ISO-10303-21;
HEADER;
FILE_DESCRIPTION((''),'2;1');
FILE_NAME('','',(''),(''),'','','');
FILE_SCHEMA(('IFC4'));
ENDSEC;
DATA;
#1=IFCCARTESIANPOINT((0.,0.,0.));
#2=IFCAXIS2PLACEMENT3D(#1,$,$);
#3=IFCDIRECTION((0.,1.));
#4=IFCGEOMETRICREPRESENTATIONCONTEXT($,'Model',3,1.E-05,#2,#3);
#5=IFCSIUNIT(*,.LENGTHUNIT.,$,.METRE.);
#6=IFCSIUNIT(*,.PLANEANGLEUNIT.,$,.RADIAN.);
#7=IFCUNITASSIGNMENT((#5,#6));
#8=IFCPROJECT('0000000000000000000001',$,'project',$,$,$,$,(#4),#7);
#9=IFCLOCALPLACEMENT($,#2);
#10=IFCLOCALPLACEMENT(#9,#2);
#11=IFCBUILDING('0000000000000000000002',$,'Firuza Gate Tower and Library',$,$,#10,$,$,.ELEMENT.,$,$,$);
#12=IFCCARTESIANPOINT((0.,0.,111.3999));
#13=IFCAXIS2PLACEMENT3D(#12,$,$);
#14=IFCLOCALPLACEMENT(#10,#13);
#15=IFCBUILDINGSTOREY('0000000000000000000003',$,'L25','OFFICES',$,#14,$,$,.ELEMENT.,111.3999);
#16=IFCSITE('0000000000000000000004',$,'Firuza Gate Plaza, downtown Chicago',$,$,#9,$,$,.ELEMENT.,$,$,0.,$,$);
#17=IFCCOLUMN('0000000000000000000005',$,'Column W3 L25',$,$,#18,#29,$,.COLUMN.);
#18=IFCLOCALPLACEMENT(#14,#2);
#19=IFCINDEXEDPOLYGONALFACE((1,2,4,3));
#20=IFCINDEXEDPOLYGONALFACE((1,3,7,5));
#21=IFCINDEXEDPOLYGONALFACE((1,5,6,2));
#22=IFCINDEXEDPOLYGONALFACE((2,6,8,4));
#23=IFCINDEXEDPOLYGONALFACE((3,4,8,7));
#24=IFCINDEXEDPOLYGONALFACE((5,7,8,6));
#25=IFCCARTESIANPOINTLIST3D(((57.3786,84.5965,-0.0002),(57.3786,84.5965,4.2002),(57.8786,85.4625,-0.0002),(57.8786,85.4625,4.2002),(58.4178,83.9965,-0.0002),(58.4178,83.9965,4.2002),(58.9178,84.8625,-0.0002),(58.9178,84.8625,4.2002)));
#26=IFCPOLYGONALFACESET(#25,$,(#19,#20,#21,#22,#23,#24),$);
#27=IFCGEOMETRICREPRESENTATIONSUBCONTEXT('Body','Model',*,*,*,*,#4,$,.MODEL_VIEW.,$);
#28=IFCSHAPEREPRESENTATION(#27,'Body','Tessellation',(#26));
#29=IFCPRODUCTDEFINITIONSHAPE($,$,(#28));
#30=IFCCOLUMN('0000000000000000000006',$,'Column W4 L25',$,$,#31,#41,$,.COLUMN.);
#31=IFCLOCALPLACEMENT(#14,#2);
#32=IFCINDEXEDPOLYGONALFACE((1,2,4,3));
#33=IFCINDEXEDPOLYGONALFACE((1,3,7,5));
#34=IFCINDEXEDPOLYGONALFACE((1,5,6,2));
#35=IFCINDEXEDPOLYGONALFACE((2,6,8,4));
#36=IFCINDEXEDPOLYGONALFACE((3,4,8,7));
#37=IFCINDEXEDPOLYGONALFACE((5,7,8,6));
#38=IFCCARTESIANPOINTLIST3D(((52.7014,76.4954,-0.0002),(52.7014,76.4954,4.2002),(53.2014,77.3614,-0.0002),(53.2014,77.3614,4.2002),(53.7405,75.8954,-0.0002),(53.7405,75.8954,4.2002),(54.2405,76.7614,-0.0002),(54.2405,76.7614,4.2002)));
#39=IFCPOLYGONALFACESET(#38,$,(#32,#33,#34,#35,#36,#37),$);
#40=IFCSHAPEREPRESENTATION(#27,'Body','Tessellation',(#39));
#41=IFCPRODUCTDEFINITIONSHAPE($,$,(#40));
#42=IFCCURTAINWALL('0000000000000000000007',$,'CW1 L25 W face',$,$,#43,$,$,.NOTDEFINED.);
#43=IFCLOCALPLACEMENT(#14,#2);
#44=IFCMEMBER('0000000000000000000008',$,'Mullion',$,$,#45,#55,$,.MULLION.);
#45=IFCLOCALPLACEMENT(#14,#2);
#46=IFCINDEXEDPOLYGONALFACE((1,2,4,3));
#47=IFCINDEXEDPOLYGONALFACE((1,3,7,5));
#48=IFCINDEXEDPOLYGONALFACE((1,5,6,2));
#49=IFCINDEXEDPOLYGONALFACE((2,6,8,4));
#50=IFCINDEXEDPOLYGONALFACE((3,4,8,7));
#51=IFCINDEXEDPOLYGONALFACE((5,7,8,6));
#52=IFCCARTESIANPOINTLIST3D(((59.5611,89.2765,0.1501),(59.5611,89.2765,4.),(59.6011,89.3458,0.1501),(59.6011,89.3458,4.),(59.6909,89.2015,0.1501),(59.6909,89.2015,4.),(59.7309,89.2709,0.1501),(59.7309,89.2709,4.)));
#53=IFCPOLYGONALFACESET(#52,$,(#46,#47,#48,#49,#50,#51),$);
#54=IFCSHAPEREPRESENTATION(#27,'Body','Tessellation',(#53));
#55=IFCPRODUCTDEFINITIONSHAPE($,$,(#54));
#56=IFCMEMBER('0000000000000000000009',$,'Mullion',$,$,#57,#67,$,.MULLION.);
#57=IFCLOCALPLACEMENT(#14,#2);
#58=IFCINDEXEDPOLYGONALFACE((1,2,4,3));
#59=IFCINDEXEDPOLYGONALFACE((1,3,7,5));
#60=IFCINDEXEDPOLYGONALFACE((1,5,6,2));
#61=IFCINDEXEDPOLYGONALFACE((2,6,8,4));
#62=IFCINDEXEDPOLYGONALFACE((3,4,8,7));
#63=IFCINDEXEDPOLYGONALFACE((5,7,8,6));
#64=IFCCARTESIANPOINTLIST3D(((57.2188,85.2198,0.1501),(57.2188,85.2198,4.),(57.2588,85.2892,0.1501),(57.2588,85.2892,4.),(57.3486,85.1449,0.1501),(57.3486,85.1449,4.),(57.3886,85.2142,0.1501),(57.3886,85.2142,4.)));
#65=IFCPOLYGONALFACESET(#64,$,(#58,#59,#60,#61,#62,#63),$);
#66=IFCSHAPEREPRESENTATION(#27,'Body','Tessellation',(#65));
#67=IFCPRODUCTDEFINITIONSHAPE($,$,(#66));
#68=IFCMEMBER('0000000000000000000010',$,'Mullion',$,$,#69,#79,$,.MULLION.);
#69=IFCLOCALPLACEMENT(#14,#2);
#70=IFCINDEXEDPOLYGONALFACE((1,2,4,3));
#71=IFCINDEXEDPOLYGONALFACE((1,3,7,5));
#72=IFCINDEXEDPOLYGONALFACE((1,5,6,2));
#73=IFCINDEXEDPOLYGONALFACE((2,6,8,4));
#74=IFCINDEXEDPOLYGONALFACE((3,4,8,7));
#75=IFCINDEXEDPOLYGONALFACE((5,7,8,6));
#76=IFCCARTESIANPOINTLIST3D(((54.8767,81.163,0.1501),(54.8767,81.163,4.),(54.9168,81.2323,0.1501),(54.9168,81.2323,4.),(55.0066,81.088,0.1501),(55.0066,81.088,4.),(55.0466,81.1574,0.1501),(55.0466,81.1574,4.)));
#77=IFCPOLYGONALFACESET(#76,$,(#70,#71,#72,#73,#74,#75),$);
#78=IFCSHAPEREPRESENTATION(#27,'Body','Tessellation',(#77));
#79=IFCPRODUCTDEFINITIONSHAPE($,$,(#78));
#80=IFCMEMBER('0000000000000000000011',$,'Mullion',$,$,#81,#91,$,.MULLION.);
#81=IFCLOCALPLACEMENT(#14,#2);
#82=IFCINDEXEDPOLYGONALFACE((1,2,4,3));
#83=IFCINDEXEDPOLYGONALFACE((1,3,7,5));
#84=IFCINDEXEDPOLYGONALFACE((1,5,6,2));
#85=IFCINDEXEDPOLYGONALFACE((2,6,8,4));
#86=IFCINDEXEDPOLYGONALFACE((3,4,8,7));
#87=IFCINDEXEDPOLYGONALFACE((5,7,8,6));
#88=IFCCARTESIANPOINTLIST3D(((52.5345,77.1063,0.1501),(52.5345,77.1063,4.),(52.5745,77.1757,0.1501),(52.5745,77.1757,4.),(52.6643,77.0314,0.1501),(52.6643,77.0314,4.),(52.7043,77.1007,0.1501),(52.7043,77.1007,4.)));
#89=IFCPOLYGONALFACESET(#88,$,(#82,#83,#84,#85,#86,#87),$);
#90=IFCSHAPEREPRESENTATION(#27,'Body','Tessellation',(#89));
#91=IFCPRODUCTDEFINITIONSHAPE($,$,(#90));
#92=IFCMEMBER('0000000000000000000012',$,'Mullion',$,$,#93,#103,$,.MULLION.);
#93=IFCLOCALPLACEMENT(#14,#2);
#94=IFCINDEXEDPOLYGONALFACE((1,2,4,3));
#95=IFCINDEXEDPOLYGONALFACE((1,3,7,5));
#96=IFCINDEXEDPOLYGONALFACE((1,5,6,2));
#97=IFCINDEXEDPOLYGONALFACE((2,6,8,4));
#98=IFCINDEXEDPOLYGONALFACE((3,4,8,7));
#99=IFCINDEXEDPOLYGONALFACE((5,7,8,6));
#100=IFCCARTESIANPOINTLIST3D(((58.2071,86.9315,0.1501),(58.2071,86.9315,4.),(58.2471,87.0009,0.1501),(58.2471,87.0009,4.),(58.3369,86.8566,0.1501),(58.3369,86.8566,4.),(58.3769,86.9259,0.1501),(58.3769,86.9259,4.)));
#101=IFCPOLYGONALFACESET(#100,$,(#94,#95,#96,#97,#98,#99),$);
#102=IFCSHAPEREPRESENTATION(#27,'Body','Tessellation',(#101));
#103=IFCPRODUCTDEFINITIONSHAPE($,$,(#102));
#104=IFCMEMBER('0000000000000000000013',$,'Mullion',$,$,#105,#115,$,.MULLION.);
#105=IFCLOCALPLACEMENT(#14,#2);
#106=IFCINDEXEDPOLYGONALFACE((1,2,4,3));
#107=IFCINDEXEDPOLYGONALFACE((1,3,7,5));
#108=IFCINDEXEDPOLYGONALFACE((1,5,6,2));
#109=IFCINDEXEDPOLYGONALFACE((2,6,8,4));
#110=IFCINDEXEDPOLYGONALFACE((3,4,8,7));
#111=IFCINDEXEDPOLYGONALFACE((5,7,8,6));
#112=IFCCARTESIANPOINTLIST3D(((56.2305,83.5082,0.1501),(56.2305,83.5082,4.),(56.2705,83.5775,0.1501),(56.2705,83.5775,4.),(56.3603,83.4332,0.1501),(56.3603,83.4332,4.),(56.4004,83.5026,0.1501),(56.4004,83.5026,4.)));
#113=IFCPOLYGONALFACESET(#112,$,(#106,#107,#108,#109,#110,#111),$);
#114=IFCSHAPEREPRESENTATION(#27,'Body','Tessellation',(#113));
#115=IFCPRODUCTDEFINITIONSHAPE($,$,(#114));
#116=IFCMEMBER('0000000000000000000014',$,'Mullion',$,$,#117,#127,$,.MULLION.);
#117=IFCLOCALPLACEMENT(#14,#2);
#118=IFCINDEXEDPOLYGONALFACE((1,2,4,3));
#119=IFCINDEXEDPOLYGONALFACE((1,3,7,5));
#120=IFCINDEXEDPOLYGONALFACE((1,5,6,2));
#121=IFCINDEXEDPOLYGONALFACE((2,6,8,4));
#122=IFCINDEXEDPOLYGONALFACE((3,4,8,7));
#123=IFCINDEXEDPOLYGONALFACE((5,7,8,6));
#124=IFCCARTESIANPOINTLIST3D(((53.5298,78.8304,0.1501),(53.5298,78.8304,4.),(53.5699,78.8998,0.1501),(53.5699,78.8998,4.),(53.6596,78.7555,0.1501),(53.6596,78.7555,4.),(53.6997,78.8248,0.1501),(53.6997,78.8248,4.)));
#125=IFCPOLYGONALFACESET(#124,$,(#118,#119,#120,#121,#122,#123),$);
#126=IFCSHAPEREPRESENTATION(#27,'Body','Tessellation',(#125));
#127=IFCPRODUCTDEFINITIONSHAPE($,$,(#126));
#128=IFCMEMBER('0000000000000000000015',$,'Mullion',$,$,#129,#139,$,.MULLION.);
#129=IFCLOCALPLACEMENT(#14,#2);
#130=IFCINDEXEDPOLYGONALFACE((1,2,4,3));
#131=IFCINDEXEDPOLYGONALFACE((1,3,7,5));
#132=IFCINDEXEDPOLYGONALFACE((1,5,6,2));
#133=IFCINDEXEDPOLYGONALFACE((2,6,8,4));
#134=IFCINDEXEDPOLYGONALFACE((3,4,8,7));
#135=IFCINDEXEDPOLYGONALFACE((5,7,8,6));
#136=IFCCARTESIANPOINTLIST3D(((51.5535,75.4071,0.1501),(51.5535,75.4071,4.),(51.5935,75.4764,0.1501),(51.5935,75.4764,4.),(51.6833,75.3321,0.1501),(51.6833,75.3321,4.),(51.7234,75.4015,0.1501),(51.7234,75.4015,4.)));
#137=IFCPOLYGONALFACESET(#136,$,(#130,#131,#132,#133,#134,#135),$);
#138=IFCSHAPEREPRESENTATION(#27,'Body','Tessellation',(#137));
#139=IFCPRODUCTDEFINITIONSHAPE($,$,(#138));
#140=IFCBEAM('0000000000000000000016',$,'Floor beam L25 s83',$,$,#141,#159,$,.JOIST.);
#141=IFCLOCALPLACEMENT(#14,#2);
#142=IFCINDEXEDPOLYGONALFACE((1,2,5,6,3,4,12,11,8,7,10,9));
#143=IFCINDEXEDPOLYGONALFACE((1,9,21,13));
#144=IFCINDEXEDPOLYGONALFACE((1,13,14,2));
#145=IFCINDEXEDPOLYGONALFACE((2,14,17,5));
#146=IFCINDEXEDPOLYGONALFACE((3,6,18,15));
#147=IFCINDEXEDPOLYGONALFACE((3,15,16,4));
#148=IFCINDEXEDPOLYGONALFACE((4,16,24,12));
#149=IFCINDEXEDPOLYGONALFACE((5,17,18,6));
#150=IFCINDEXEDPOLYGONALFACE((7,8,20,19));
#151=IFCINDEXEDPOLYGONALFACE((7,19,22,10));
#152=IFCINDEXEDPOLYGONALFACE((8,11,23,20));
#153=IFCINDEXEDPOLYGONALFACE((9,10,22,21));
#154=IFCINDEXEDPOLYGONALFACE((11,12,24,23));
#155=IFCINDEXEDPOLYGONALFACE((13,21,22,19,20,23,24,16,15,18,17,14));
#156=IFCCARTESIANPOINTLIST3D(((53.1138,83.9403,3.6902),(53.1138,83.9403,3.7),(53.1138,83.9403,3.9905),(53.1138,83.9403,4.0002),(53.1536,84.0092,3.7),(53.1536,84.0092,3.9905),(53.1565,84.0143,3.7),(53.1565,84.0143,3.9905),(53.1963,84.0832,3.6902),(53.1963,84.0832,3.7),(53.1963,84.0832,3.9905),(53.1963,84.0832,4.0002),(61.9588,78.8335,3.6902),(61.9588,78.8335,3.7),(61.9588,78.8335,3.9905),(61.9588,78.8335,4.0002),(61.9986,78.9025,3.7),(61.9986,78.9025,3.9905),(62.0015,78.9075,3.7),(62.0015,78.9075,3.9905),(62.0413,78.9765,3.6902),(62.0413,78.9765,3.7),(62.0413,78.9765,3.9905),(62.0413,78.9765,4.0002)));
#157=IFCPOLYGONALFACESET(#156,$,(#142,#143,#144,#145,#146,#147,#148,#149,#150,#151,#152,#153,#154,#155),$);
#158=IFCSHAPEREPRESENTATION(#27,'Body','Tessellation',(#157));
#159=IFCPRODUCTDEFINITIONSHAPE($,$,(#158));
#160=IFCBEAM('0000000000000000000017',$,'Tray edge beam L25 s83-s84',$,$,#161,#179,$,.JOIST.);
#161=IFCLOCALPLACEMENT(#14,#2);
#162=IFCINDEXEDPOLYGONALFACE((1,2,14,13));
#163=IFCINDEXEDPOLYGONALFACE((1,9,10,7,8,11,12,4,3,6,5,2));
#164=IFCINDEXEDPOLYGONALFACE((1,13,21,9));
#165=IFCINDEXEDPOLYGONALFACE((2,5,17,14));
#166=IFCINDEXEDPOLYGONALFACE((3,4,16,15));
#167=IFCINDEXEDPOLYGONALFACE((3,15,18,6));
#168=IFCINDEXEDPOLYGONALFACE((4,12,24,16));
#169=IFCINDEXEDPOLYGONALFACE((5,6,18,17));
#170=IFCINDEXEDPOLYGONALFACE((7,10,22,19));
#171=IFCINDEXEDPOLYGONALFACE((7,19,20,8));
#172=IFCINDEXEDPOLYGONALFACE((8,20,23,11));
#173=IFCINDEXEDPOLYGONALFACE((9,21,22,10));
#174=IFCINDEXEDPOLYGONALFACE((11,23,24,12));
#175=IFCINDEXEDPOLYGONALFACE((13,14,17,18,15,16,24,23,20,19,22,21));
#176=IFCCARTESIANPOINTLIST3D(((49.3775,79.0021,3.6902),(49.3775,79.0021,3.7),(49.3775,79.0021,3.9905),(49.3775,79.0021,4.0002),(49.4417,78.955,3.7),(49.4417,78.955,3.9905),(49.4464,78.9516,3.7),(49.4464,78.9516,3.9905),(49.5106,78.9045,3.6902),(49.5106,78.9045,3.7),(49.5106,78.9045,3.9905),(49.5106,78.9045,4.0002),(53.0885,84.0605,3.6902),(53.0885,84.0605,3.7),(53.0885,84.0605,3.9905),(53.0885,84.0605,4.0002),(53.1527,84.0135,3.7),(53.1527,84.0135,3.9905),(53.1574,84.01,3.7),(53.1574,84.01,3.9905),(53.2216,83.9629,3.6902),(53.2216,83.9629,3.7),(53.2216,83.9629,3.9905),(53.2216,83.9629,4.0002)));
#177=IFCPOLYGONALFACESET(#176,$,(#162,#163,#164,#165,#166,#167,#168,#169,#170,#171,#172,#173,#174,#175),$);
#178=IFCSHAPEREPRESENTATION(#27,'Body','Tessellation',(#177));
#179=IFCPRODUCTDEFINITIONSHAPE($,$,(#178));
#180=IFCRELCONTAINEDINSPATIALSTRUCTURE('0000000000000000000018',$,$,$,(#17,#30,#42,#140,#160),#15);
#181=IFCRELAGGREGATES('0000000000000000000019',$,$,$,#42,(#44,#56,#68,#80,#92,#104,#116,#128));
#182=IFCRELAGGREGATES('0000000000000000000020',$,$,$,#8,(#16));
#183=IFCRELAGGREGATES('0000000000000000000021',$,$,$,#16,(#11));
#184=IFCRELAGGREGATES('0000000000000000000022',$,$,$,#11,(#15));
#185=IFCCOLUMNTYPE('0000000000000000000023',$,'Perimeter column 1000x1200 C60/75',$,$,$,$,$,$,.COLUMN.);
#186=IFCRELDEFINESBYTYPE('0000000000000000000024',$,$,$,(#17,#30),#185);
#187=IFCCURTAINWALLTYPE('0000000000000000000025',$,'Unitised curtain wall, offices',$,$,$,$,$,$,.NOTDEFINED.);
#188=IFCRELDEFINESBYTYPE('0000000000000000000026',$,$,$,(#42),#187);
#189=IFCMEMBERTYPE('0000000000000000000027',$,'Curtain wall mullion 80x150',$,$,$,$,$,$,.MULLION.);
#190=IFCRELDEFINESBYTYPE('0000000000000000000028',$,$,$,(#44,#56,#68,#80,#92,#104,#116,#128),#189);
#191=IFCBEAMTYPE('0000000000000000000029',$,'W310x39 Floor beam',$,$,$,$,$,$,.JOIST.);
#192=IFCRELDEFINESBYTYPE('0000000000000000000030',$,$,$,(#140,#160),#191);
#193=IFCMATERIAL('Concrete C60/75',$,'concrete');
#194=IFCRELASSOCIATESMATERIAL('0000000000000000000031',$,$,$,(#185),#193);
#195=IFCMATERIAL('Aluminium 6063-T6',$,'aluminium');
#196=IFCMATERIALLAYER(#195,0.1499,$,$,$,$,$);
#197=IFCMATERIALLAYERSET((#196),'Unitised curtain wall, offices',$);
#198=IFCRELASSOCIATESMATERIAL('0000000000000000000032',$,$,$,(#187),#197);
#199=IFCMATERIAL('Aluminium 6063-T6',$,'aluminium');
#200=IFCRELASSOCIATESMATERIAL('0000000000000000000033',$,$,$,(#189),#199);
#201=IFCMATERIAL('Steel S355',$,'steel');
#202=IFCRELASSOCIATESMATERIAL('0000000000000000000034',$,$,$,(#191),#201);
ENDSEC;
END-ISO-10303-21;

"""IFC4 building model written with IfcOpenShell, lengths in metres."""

from ifc_helpers import new_model, si_unit, direction, frame, origin, origin_2d, place, context, subcontext, project, spatial, rectangle, i_section, extrude, material, layer, layer_set, material_profile, profile_set, type_object, element, aggregate, save


model = new_model("IFC4")

# Units and contexts
model_context = context("Model", 3, precision=1e-05, world=origin(), true_north=direction((0.0, 1.0)))
body_context = subcontext(model_context, "Body", "Model", "MODEL_VIEW")
ifc_project = project(units=[si_unit("LENGTHUNIT", "METRE"), si_unit("PLANEANGLEUNIT", "RADIAN")], contexts=[model_context])

# Site, building, storey
site_placement = place(None, origin())
site = spatial("IfcSite", under=ifc_project, at=site_placement, Name="Firuza Gate Plaza, downtown Chicago", CompositionType="ELEMENT", RefElevation=0.0)
building_placement = place(site_placement, origin())
building = spatial("IfcBuilding", under=site, at=building_placement, Name="Firuza Gate Tower and Library", CompositionType="ELEMENT")
storey_placement = place(building_placement, frame((0.0, 0.0, 111.3999)))
storey = spatial("IfcBuildingStorey", under=building, at=storey_placement, Name="L25", Description="OFFICES", CompositionType="ELEMENT", Elevation=111.3999)

# Columns
ifc_material_1 = material(Name="Concrete C60/75", Category="concrete")
ifc_material_profile_1 = material_profile(ifc_material_1, rectangle(XDim=1.0, YDim=1.2, at=origin_2d()))
ifc_profile_set_1 = profile_set([ifc_material_profile_1], Name="Concrete C60/75")
column_type = type_object("IfcColumnType", Name="Perimeter column 1000x1200 C60/75", PredefinedType="COLUMN", material=ifc_profile_set_1)
for number, where, z_axis, x_axis, name in (
    (1, (58.1482, 84.7295, -0.0002), (0.0, 0.0, 1.0), (-0.5, -0.866025, 0.0), "Column W3 L25"),
    (2, (53.4709, 76.6284, -0.0002), (0.0, 0.0, 1.0), (-0.5, -0.866025, 0.0), "Column W4 L25"),
):
    element("IfcColumn", number, at=place(storey_placement, frame(where, z_axis=z_axis, x_axis=x_axis)), inside=storey, type_object=column_type, Name=name, PredefinedType="COLUMN", context=body_context, shape_type="SweptSolid", body=[
        extrude(rectangle(XDim=1.0, YDim=1.2, at=origin_2d()), origin(), (0.0, 0.0, 1.0), 4.2004),
    ])

# Curtain wall, members
ifc_material_2 = material(Name="Aluminium 6063-T6", Category="aluminium")
ifc_layer_1 = layer(ifc_material_2, 0.1499)
ifc_layer_set_1 = layer_set([ifc_layer_1], Name="Unitised curtain wall, offices")
curtain_wall_type = type_object("IfcCurtainWallType", Name="Unitised curtain wall, offices", PredefinedType="NOTDEFINED", material=ifc_layer_set_1)
curtain_wall_placement = place(storey_placement, origin())
curtain_wall = element("IfcCurtainWall", 3, at=curtain_wall_placement, inside=storey, type_object=curtain_wall_type, Name="CW1 L25 W face", PredefinedType="NOTDEFINED")
ifc_material_3 = material(Name="Aluminium 6063-T6", Category="aluminium")
ifc_material_profile_2 = material_profile(ifc_material_3, rectangle(XDim=0.1499, YDim=0.0801, at=origin_2d()))
ifc_profile_set_2 = profile_set([ifc_material_profile_2], Name="Aluminium 6063-T6")
member_type = type_object("IfcMemberType", Name="Curtain wall mullion 80x150", PredefinedType="MULLION", material=ifc_profile_set_2)
member_1_placement = place(storey_placement, frame((59.646, 89.2737, 0.1501), z_axis=(0.0, 0.0, 1.0), x_axis=(0.866025, -0.5, 0.0)))
member_1 = element("IfcMember", 4, at=member_1_placement, type_object=member_type, Name="Mullion", PredefinedType="MULLION", context=body_context, shape_type="SweptSolid", body=[
    extrude(rectangle(XDim=0.1499, YDim=0.0801, at=origin_2d()), origin(), (0.0, 0.0, 1.0), 3.8499),
])
member_2_placement = place(storey_placement, frame((57.3037, 85.217, 0.1501), z_axis=(0.0, 0.0, 1.0), x_axis=(0.866025, -0.5, 0.0)))
member_2 = element("IfcMember", 5, at=member_2_placement, type_object=member_type, Name="Mullion", PredefinedType="MULLION", context=body_context, shape_type="SweptSolid", body=[
    extrude(rectangle(XDim=0.1499, YDim=0.0801, at=origin_2d()), origin(), (0.0, 0.0, 1.0), 3.8499),
])
member_3_placement = place(storey_placement, frame((54.9617, 81.1602, 0.1501), z_axis=(0.0, 0.0, 1.0), x_axis=(0.866025, -0.5, 0.0)))
member_3 = element("IfcMember", 6, at=member_3_placement, type_object=member_type, Name="Mullion", PredefinedType="MULLION", context=body_context, shape_type="SweptSolid", body=[
    extrude(rectangle(XDim=0.1499, YDim=0.0801, at=origin_2d()), origin(), (0.0, 0.0, 1.0), 3.8499),
])
member_4_placement = place(storey_placement, frame((52.6194, 77.1035, 0.1501), z_axis=(0.0, 0.0, 1.0), x_axis=(0.866025, -0.5, 0.0)))
member_4 = element("IfcMember", 7, at=member_4_placement, type_object=member_type, Name="Mullion", PredefinedType="MULLION", context=body_context, shape_type="SweptSolid", body=[
    extrude(rectangle(XDim=0.1499, YDim=0.0801, at=origin_2d()), origin(), (0.0, 0.0, 1.0), 3.8499),
])
member_5_placement = place(storey_placement, frame((58.292, 86.9287, 0.1501), z_axis=(0.0, 0.0, 1.0), x_axis=(0.866025, -0.5, 0.0)))
member_5 = element("IfcMember", 8, at=member_5_placement, type_object=member_type, Name="Mullion", PredefinedType="MULLION", context=body_context, shape_type="SweptSolid", body=[
    extrude(rectangle(XDim=0.1499, YDim=0.0801, at=origin_2d()), origin(), (0.0, 0.0, 1.0), 3.8499),
])
member_6_placement = place(storey_placement, frame((56.3154, 83.5054, 0.1501), z_axis=(0.0, 0.0, 1.0), x_axis=(0.866025, -0.5, 0.0)))
member_6 = element("IfcMember", 9, at=member_6_placement, type_object=member_type, Name="Mullion", PredefinedType="MULLION", context=body_context, shape_type="SweptSolid", body=[
    extrude(rectangle(XDim=0.1499, YDim=0.0801, at=origin_2d()), origin(), (0.0, 0.0, 1.0), 3.8499),
])
member_7_placement = place(storey_placement, frame((53.6147, 78.8276, 0.1501), z_axis=(0.0, 0.0, 1.0), x_axis=(0.866025, -0.5, 0.0)))
member_7 = element("IfcMember", 10, at=member_7_placement, type_object=member_type, Name="Mullion", PredefinedType="MULLION", context=body_context, shape_type="SweptSolid", body=[
    extrude(rectangle(XDim=0.1499, YDim=0.0801, at=origin_2d()), origin(), (0.0, 0.0, 1.0), 3.8499),
])
member_8_placement = place(storey_placement, frame((51.6384, 75.4043, 0.1501), z_axis=(0.0, 0.0, 1.0), x_axis=(0.866025, -0.5, 0.0)))
member_8 = element("IfcMember", 11, at=member_8_placement, type_object=member_type, Name="Mullion", PredefinedType="MULLION", context=body_context, shape_type="SweptSolid", body=[
    extrude(rectangle(XDim=0.1499, YDim=0.0801, at=origin_2d()), origin(), (0.0, 0.0, 1.0), 3.8499),
])

# Beams
ifc_material_4 = material(Name="Steel S355", Category="steel")
ifc_material_profile_3 = material_profile(ifc_material_4, i_section(OverallWidth=0.165, OverallDepth=0.3101, WebThickness=0.0059, FlangeThickness=0.0098, at=origin_2d()))
ifc_profile_set_3 = profile_set([ifc_material_profile_3], Name="Steel S355")
beam_type_1 = type_object("IfcBeamType", Name="W310x39 Floor beam", PredefinedType="JOIST", material=ifc_profile_set_3)
beam_1_placement = place(storey_placement, frame((53.155, 84.0117, 3.8452), z_axis=(0.866024, -0.500003, 0.0), x_axis=(0.500003, 0.866024, 0.0)))
element("IfcBeam", 12, at=beam_1_placement, inside=storey, type_object=beam_type_1, Name="Floor beam L25 s83", PredefinedType="JOIST", context=body_context, shape_type="SweptSolid", body=[
    extrude(i_section(OverallWidth=0.165, OverallDepth=0.3101, WebThickness=0.0059, FlangeThickness=0.0098, at=origin_2d()), origin(), (0.0, 0.0, 1.0), 10.2134),
])
beam_2_placement = place(storey_placement, frame((53.155, 84.0117, 3.8452), z_axis=(-0.591517, -0.806292, 0.0), x_axis=(0.806292, -0.591517, 0.0)))
element("IfcBeam", 13, at=beam_2_placement, inside=storey, type_object=beam_type_1, Name="Tray edge beam L25 s83-s84", PredefinedType="JOIST", context=body_context, shape_type="SweptSolid", body=[
    extrude(i_section(OverallWidth=0.165, OverallDepth=0.3101, WebThickness=0.0059, FlangeThickness=0.0098, at=origin_2d()), origin(), (0.0, 0.0, 1.0), 6.2737),
])

aggregate(curtain_wall, [member_1, member_2, member_3, member_4, member_5, member_6, member_7, member_8])

save(model, "model.ifc")
